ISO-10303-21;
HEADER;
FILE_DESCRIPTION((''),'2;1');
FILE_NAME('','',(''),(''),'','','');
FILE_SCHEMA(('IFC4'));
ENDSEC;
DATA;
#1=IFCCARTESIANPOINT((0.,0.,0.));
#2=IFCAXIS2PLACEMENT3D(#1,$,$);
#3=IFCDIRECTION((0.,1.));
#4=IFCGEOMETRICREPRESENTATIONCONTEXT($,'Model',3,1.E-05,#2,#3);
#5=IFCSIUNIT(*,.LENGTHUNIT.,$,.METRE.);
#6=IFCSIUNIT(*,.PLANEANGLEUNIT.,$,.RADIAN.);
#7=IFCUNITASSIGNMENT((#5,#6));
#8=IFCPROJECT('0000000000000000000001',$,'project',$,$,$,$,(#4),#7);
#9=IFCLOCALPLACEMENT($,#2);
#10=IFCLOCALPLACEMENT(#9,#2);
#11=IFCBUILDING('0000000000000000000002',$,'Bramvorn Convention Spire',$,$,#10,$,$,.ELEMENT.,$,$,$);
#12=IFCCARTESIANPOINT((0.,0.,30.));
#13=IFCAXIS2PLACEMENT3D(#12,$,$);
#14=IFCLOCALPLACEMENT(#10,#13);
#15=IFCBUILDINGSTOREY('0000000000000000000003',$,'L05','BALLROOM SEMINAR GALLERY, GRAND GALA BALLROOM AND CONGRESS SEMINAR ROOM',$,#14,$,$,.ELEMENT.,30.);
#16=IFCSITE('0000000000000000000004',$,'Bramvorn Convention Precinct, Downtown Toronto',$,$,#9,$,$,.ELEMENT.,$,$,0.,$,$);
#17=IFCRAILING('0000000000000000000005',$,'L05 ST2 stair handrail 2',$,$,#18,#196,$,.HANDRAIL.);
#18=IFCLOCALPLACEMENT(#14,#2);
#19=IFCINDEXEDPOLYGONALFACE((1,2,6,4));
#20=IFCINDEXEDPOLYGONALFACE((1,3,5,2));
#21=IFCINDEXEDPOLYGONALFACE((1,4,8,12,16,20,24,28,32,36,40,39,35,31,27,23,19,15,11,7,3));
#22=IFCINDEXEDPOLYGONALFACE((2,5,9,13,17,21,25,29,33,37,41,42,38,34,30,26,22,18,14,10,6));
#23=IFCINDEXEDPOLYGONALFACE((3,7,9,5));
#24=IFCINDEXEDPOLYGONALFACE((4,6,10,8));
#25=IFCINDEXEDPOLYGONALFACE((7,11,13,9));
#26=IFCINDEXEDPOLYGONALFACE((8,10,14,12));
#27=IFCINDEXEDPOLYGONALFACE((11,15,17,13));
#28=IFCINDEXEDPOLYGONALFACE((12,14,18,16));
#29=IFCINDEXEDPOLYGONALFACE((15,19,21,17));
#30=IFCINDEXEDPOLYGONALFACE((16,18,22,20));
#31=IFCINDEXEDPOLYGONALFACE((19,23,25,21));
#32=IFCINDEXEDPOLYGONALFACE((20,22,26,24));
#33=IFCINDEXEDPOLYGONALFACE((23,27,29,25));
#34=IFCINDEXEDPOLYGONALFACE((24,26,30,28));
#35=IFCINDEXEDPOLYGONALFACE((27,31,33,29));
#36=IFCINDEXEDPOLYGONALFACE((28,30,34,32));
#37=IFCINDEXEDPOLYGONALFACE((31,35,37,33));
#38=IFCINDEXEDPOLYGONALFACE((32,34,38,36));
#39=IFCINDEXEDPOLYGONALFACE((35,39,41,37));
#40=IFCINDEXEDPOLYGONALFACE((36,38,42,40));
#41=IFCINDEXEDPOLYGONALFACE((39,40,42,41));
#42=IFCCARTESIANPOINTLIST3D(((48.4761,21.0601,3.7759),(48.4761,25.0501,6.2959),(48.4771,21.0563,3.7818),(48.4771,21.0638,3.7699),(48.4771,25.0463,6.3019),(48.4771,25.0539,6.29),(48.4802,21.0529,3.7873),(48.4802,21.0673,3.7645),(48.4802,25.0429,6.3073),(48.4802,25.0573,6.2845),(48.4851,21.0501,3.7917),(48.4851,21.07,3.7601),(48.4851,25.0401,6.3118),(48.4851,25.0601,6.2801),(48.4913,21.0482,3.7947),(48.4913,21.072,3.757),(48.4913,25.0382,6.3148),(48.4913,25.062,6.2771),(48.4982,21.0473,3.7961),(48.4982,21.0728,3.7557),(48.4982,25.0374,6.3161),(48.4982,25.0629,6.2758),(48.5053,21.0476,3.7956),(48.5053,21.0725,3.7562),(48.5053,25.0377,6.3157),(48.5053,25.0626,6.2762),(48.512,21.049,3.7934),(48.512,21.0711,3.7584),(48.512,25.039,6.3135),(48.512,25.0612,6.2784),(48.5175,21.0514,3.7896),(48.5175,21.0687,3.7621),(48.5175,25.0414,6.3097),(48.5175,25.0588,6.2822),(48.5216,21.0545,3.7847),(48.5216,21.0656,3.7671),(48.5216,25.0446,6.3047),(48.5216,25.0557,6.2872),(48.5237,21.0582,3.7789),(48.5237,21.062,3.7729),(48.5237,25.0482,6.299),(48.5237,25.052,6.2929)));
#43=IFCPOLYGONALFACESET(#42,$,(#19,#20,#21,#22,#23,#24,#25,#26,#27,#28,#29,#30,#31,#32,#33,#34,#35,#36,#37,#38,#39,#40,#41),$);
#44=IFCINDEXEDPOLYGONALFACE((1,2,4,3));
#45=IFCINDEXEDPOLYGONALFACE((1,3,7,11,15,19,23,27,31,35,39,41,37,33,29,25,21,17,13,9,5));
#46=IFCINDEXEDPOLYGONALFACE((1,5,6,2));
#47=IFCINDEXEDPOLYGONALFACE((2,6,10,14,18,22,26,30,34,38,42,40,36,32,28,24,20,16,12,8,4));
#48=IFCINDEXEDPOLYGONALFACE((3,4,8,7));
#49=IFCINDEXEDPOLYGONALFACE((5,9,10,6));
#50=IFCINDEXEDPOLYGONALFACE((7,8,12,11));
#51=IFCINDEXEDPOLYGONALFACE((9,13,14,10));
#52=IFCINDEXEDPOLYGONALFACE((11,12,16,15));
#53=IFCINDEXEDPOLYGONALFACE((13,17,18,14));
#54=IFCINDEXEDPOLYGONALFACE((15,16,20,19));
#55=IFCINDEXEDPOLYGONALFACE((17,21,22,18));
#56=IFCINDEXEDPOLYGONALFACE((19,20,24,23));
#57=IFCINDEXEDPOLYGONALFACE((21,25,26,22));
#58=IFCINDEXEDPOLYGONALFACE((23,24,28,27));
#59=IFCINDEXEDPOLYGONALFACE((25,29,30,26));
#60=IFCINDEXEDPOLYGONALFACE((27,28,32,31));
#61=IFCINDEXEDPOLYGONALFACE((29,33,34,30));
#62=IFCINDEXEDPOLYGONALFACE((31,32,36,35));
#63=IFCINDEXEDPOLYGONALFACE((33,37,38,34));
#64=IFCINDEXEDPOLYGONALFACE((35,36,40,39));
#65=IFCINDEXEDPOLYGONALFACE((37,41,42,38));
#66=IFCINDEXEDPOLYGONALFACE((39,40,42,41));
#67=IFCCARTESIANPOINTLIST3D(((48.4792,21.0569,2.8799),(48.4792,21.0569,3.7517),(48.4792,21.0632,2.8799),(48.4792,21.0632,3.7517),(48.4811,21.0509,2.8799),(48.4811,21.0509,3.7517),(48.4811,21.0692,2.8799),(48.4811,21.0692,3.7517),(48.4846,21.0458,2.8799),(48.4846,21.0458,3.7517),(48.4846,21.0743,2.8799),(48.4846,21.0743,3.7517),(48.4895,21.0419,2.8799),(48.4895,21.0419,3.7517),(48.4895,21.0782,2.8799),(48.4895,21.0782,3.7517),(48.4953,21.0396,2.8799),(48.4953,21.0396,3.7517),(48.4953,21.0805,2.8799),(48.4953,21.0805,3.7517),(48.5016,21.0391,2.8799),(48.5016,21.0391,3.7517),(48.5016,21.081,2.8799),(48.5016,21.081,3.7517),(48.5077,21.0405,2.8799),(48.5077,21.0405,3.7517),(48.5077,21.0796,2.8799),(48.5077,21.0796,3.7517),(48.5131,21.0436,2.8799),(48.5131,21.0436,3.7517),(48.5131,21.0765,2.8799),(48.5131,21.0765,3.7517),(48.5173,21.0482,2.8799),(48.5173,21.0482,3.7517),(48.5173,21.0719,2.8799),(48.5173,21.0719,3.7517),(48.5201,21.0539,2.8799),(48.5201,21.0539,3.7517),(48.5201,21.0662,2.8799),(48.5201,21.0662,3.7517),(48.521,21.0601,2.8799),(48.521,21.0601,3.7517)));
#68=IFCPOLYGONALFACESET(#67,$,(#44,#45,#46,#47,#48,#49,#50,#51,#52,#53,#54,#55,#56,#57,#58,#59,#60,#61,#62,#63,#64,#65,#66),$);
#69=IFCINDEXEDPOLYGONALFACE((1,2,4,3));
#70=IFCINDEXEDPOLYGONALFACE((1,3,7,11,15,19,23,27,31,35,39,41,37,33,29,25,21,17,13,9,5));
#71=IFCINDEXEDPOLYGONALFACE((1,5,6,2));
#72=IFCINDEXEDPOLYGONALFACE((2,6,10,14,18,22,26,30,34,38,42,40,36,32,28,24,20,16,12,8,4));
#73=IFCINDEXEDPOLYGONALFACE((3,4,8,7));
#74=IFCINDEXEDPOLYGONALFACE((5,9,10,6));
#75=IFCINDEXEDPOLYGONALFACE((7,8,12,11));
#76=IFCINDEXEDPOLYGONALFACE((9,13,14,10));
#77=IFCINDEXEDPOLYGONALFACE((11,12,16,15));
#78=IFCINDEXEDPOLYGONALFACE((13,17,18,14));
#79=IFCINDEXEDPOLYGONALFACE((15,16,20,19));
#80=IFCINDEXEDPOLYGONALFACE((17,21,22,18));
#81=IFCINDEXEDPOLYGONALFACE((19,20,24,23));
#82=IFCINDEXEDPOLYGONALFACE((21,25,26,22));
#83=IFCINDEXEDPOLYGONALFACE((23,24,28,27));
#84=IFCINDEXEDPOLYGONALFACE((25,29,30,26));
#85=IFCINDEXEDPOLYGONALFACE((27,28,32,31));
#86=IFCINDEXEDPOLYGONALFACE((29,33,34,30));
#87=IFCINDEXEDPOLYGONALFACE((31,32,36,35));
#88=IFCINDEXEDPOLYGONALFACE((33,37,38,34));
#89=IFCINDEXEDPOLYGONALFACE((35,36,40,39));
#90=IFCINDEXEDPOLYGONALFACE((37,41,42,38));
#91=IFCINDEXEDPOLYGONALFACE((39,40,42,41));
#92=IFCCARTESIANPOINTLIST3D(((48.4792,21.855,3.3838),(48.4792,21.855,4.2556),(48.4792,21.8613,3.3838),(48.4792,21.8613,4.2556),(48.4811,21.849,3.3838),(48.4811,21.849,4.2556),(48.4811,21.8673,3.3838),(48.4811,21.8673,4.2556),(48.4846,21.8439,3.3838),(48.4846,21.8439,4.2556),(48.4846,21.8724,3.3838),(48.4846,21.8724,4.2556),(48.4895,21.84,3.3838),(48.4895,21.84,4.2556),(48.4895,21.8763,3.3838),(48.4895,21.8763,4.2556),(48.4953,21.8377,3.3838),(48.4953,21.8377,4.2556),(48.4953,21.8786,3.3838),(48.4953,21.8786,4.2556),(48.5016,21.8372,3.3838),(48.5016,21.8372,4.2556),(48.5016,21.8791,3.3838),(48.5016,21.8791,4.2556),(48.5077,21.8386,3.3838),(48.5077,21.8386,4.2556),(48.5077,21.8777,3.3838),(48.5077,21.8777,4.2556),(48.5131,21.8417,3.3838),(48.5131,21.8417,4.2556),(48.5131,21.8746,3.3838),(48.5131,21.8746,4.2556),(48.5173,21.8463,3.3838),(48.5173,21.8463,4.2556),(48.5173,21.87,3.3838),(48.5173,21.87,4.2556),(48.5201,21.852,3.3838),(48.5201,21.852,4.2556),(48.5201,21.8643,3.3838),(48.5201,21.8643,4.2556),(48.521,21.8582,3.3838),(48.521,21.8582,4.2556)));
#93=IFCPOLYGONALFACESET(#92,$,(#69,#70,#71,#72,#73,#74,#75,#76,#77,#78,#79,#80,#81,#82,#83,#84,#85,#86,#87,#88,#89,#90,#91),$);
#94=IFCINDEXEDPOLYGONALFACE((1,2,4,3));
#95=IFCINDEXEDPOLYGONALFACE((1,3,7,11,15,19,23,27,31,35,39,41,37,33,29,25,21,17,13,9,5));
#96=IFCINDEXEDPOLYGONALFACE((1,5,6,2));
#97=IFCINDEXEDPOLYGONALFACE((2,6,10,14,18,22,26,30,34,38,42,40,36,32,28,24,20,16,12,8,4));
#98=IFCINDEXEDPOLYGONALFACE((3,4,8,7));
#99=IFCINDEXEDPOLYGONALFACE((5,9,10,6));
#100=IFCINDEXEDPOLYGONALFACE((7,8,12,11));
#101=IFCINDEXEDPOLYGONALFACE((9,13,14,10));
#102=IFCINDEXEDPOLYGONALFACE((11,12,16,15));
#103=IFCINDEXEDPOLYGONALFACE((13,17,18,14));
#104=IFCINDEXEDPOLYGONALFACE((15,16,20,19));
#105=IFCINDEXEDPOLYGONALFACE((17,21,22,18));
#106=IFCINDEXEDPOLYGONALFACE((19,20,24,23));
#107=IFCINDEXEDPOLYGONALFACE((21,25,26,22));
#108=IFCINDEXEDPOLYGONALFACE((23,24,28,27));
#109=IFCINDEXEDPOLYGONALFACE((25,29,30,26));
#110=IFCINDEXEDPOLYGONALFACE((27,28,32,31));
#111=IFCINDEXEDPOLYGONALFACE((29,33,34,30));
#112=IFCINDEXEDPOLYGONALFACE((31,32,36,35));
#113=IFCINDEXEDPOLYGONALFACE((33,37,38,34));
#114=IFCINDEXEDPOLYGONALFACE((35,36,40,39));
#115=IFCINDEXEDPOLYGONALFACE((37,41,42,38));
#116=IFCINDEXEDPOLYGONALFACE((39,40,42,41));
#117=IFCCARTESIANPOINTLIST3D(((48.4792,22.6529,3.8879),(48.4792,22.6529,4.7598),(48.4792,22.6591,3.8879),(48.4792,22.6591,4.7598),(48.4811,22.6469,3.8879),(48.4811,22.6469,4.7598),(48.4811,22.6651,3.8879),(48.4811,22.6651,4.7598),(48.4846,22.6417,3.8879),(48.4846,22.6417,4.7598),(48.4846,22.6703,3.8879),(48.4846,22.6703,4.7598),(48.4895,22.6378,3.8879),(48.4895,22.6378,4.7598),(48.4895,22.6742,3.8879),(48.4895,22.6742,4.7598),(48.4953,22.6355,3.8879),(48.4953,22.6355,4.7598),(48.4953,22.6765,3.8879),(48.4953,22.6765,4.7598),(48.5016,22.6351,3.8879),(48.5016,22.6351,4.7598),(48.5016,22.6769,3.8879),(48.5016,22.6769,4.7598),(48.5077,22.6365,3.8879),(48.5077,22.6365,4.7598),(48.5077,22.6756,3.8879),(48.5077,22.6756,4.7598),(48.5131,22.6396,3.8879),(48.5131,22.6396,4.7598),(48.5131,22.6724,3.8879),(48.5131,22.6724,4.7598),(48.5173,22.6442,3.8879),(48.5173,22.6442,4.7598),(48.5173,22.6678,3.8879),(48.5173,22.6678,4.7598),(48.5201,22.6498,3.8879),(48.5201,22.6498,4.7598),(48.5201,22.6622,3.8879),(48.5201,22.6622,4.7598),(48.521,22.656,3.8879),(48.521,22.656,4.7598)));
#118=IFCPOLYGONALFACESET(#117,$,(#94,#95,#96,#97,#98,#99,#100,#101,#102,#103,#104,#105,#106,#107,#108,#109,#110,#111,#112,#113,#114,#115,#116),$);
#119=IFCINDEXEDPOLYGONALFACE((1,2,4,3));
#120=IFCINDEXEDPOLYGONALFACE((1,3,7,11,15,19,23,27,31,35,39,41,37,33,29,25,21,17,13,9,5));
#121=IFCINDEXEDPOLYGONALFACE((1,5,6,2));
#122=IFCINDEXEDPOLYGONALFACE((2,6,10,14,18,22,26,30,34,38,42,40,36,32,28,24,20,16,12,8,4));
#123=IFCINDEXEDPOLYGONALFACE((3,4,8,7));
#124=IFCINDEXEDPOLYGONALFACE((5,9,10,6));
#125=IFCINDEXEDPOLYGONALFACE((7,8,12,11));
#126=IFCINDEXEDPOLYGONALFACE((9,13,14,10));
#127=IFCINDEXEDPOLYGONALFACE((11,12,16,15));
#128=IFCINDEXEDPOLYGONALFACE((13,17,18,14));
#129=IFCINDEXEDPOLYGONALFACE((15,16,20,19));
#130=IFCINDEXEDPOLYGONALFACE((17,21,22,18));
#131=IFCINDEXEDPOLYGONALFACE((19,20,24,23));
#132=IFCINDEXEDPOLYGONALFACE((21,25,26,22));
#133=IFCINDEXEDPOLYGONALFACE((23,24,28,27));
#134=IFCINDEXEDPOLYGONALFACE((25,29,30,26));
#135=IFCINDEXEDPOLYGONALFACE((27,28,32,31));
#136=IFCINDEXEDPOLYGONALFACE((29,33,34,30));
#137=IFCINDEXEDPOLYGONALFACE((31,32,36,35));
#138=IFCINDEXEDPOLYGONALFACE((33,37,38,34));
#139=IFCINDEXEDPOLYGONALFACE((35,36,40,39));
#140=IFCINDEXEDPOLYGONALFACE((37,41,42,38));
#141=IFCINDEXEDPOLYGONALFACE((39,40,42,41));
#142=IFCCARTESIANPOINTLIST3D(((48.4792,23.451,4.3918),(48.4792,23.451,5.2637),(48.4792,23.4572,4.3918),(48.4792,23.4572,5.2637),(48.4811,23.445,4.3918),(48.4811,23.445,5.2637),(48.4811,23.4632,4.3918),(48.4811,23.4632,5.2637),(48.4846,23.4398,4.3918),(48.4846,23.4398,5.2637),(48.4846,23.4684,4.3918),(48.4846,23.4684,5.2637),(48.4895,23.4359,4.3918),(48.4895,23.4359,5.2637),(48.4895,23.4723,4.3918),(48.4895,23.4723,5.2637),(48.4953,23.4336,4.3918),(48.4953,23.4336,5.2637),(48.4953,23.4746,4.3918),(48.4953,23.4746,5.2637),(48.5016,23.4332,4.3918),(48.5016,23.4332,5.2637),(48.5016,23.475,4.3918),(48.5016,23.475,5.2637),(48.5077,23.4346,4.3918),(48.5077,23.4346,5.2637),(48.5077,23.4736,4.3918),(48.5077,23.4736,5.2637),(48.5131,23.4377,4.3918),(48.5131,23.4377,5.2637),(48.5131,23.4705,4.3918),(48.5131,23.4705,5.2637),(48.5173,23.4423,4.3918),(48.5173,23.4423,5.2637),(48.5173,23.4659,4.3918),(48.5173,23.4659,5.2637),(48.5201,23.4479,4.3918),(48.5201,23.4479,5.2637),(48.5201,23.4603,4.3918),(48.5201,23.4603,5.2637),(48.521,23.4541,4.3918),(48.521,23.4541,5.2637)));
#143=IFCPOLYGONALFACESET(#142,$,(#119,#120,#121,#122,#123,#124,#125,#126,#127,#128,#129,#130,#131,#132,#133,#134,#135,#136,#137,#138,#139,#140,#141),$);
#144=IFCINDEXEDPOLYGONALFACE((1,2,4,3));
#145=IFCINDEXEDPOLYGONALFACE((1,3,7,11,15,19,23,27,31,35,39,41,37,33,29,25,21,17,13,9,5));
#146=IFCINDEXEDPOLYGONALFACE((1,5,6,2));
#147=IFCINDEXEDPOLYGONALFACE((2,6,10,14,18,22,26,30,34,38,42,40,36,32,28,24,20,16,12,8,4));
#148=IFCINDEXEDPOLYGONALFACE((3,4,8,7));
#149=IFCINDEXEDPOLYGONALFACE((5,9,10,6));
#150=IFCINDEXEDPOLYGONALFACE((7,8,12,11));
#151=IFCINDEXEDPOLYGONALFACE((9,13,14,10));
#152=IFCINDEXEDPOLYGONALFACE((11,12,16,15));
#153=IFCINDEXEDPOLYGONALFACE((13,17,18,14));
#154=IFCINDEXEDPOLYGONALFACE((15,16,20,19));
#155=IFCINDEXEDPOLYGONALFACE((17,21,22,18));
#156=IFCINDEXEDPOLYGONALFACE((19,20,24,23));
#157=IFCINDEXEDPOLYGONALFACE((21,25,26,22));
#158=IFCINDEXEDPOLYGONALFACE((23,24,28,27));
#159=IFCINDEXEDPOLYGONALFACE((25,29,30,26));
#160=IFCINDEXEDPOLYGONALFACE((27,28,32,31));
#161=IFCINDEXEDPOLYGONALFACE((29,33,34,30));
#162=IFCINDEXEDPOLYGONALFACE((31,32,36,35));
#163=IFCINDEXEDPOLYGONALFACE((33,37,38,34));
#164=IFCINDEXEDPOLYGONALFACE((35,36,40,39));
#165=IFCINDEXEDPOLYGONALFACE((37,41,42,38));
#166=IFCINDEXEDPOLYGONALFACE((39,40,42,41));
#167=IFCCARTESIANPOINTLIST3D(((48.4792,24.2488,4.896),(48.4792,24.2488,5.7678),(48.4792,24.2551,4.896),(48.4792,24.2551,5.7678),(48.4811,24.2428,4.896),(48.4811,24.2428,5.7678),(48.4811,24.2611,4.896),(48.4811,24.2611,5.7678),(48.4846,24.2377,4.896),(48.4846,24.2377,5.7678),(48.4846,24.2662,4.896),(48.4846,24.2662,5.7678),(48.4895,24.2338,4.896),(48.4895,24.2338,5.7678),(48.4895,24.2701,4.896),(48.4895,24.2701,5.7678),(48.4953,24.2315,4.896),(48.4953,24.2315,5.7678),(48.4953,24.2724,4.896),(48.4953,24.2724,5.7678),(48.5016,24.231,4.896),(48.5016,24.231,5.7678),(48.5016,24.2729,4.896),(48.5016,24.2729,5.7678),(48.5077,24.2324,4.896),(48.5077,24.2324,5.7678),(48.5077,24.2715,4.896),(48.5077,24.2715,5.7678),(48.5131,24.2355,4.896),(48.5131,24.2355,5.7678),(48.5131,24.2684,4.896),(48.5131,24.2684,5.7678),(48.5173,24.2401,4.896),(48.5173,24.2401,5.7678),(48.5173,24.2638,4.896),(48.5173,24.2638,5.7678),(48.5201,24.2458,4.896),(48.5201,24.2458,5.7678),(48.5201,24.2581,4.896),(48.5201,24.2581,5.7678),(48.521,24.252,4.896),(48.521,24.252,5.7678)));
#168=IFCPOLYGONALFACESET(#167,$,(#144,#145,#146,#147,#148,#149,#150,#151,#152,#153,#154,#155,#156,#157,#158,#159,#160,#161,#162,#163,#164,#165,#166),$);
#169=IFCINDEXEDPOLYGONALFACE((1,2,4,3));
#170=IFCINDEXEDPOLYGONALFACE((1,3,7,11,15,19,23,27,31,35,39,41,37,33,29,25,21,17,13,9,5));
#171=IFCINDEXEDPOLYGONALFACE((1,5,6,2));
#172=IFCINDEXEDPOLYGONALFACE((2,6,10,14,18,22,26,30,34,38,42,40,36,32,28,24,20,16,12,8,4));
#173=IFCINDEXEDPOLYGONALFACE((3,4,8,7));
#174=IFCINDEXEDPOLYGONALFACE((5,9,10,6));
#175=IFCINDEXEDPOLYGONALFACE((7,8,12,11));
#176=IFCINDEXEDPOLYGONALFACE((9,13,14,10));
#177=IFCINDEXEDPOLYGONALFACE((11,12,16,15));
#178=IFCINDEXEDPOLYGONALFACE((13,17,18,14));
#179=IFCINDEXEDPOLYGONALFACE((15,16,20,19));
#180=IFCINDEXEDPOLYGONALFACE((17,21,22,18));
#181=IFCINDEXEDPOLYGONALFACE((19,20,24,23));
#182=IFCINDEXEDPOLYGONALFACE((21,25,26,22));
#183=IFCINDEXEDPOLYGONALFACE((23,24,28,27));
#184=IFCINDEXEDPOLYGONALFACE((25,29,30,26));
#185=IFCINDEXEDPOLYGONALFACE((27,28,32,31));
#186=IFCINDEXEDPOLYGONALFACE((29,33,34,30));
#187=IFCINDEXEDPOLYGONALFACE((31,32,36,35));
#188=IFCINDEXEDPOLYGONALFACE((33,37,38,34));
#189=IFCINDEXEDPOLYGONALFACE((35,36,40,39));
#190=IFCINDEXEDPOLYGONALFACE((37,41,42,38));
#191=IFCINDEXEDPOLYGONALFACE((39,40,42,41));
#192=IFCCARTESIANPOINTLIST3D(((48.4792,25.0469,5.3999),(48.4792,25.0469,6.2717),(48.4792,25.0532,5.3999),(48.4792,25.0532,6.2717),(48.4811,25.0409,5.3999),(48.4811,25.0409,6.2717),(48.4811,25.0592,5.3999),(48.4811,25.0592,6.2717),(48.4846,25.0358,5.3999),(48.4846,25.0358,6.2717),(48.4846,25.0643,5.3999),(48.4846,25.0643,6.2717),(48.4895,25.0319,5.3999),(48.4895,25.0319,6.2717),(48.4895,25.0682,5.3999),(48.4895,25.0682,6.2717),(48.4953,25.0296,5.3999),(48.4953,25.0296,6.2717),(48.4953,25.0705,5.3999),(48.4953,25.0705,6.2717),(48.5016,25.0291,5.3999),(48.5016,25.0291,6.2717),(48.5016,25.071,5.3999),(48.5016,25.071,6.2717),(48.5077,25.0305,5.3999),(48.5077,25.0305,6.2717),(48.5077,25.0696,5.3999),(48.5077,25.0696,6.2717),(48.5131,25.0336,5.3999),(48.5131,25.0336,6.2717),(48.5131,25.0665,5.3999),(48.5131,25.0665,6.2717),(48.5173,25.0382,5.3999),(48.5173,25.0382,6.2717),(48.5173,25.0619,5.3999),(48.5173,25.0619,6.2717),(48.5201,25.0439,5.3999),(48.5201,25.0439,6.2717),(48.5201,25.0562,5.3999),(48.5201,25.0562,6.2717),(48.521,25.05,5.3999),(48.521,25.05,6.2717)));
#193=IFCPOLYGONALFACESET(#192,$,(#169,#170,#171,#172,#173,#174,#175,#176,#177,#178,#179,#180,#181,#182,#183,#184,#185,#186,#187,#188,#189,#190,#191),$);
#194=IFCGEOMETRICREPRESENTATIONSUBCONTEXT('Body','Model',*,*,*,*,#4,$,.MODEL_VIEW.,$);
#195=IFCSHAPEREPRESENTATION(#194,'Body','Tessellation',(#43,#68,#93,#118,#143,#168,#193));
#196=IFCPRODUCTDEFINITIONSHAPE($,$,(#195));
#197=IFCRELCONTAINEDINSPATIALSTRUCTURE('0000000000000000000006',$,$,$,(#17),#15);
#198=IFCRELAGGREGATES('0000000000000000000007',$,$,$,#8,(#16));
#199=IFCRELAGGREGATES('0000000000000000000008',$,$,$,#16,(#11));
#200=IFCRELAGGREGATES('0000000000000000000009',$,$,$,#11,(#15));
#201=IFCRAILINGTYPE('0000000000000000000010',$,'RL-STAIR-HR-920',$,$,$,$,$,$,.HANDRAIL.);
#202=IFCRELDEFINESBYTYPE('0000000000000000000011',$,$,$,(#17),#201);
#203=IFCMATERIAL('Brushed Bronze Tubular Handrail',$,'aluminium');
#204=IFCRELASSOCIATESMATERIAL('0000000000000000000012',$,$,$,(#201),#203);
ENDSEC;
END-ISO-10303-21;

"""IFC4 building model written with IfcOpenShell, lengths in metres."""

from ifc_helpers import new_model, si_unit, direction, frame, origin, origin_2d, place, context, subcontext, project, spatial, circle, extrude, material, type_object, element, save


model = new_model("IFC4")

# Units and contexts
model_context = context("Model", 3, precision=1e-05, world=origin(), true_north=direction((0.0, 1.0)))
body_context = subcontext(model_context, "Body", "Model", "MODEL_VIEW")
ifc_project = project(units=[si_unit("LENGTHUNIT", "METRE"), si_unit("PLANEANGLEUNIT", "RADIAN")], contexts=[model_context])

# Site, building, storey
site_placement = place(None, origin())
site = spatial("IfcSite", under=ifc_project, at=site_placement, Name="Bramvorn Convention Precinct, Downtown Toronto", CompositionType="ELEMENT", RefElevation=0.0)
building_placement = place(site_placement, origin())
building = spatial("IfcBuilding", under=site, at=building_placement, Name="Bramvorn Convention Spire", CompositionType="ELEMENT")
storey_placement = place(building_placement, frame((0.0, 0.0, 30.0)))
storey = spatial("IfcBuildingStorey", under=building, at=storey_placement, Name="L05", Description="BALLROOM SEMINAR GALLERY, GRAND GALA BALLROOM AND CONGRESS SEMINAR ROOM", CompositionType="ELEMENT", Elevation=30.0)

# Railing
ifc_material_1 = material(Name="Brushed Bronze Tubular Handrail", Category="aluminium")
railing_type_1 = type_object("IfcRailingType", Name="RL-STAIR-HR-920", PredefinedType="HANDRAIL", material=ifc_material_1)
for number, where, name in (
    (1, (48.5, 21.0601, 2.8799), "L05 ST2 stair handrail 2"),
):
    element("IfcRailing", number, at=place(storey_placement, frame(where)), inside=storey, type_object=railing_type_1, Name=name, PredefinedType="HANDRAIL", context=body_context, shape_type="SweptSolid", body=[
        extrude(circle(Radius=0.0239, at=origin_2d()), frame((0.0, 0.0, 0.896), z_axis=(0.0, 0.845486, 0.533997), x_axis=(-1.0, 0.0, 0.0)), (0.0, 0.0, 1.0), 4.7192),
        extrude(circle(Radius=0.021, at=origin_2d()), origin(), (0.0, 0.0, 1.0), 0.8718),
        extrude(circle(Radius=0.021, at=origin_2d()), frame((0.0, 0.7981, 0.5039)), (0.0, 0.0, 1.0), 0.8718),
        extrude(circle(Radius=0.021, at=origin_2d()), frame((0.0, 1.5959, 1.0081)), (0.0, 0.0, 1.0), 0.8718),
        extrude(circle(Radius=0.021, at=origin_2d()), frame((0.0, 2.394, 1.512)), (0.0, 0.0, 1.0), 0.8718),
        extrude(circle(Radius=0.021, at=origin_2d()), frame((0.0, 3.1919, 2.0161)), (0.0, 0.0, 1.0), 0.8718),
        extrude(circle(Radius=0.021, at=origin_2d()), frame((0.0, 3.99, 2.52)), (0.0, 0.0, 1.0), 0.8718),
    ])

save(model, "model.ifc")
